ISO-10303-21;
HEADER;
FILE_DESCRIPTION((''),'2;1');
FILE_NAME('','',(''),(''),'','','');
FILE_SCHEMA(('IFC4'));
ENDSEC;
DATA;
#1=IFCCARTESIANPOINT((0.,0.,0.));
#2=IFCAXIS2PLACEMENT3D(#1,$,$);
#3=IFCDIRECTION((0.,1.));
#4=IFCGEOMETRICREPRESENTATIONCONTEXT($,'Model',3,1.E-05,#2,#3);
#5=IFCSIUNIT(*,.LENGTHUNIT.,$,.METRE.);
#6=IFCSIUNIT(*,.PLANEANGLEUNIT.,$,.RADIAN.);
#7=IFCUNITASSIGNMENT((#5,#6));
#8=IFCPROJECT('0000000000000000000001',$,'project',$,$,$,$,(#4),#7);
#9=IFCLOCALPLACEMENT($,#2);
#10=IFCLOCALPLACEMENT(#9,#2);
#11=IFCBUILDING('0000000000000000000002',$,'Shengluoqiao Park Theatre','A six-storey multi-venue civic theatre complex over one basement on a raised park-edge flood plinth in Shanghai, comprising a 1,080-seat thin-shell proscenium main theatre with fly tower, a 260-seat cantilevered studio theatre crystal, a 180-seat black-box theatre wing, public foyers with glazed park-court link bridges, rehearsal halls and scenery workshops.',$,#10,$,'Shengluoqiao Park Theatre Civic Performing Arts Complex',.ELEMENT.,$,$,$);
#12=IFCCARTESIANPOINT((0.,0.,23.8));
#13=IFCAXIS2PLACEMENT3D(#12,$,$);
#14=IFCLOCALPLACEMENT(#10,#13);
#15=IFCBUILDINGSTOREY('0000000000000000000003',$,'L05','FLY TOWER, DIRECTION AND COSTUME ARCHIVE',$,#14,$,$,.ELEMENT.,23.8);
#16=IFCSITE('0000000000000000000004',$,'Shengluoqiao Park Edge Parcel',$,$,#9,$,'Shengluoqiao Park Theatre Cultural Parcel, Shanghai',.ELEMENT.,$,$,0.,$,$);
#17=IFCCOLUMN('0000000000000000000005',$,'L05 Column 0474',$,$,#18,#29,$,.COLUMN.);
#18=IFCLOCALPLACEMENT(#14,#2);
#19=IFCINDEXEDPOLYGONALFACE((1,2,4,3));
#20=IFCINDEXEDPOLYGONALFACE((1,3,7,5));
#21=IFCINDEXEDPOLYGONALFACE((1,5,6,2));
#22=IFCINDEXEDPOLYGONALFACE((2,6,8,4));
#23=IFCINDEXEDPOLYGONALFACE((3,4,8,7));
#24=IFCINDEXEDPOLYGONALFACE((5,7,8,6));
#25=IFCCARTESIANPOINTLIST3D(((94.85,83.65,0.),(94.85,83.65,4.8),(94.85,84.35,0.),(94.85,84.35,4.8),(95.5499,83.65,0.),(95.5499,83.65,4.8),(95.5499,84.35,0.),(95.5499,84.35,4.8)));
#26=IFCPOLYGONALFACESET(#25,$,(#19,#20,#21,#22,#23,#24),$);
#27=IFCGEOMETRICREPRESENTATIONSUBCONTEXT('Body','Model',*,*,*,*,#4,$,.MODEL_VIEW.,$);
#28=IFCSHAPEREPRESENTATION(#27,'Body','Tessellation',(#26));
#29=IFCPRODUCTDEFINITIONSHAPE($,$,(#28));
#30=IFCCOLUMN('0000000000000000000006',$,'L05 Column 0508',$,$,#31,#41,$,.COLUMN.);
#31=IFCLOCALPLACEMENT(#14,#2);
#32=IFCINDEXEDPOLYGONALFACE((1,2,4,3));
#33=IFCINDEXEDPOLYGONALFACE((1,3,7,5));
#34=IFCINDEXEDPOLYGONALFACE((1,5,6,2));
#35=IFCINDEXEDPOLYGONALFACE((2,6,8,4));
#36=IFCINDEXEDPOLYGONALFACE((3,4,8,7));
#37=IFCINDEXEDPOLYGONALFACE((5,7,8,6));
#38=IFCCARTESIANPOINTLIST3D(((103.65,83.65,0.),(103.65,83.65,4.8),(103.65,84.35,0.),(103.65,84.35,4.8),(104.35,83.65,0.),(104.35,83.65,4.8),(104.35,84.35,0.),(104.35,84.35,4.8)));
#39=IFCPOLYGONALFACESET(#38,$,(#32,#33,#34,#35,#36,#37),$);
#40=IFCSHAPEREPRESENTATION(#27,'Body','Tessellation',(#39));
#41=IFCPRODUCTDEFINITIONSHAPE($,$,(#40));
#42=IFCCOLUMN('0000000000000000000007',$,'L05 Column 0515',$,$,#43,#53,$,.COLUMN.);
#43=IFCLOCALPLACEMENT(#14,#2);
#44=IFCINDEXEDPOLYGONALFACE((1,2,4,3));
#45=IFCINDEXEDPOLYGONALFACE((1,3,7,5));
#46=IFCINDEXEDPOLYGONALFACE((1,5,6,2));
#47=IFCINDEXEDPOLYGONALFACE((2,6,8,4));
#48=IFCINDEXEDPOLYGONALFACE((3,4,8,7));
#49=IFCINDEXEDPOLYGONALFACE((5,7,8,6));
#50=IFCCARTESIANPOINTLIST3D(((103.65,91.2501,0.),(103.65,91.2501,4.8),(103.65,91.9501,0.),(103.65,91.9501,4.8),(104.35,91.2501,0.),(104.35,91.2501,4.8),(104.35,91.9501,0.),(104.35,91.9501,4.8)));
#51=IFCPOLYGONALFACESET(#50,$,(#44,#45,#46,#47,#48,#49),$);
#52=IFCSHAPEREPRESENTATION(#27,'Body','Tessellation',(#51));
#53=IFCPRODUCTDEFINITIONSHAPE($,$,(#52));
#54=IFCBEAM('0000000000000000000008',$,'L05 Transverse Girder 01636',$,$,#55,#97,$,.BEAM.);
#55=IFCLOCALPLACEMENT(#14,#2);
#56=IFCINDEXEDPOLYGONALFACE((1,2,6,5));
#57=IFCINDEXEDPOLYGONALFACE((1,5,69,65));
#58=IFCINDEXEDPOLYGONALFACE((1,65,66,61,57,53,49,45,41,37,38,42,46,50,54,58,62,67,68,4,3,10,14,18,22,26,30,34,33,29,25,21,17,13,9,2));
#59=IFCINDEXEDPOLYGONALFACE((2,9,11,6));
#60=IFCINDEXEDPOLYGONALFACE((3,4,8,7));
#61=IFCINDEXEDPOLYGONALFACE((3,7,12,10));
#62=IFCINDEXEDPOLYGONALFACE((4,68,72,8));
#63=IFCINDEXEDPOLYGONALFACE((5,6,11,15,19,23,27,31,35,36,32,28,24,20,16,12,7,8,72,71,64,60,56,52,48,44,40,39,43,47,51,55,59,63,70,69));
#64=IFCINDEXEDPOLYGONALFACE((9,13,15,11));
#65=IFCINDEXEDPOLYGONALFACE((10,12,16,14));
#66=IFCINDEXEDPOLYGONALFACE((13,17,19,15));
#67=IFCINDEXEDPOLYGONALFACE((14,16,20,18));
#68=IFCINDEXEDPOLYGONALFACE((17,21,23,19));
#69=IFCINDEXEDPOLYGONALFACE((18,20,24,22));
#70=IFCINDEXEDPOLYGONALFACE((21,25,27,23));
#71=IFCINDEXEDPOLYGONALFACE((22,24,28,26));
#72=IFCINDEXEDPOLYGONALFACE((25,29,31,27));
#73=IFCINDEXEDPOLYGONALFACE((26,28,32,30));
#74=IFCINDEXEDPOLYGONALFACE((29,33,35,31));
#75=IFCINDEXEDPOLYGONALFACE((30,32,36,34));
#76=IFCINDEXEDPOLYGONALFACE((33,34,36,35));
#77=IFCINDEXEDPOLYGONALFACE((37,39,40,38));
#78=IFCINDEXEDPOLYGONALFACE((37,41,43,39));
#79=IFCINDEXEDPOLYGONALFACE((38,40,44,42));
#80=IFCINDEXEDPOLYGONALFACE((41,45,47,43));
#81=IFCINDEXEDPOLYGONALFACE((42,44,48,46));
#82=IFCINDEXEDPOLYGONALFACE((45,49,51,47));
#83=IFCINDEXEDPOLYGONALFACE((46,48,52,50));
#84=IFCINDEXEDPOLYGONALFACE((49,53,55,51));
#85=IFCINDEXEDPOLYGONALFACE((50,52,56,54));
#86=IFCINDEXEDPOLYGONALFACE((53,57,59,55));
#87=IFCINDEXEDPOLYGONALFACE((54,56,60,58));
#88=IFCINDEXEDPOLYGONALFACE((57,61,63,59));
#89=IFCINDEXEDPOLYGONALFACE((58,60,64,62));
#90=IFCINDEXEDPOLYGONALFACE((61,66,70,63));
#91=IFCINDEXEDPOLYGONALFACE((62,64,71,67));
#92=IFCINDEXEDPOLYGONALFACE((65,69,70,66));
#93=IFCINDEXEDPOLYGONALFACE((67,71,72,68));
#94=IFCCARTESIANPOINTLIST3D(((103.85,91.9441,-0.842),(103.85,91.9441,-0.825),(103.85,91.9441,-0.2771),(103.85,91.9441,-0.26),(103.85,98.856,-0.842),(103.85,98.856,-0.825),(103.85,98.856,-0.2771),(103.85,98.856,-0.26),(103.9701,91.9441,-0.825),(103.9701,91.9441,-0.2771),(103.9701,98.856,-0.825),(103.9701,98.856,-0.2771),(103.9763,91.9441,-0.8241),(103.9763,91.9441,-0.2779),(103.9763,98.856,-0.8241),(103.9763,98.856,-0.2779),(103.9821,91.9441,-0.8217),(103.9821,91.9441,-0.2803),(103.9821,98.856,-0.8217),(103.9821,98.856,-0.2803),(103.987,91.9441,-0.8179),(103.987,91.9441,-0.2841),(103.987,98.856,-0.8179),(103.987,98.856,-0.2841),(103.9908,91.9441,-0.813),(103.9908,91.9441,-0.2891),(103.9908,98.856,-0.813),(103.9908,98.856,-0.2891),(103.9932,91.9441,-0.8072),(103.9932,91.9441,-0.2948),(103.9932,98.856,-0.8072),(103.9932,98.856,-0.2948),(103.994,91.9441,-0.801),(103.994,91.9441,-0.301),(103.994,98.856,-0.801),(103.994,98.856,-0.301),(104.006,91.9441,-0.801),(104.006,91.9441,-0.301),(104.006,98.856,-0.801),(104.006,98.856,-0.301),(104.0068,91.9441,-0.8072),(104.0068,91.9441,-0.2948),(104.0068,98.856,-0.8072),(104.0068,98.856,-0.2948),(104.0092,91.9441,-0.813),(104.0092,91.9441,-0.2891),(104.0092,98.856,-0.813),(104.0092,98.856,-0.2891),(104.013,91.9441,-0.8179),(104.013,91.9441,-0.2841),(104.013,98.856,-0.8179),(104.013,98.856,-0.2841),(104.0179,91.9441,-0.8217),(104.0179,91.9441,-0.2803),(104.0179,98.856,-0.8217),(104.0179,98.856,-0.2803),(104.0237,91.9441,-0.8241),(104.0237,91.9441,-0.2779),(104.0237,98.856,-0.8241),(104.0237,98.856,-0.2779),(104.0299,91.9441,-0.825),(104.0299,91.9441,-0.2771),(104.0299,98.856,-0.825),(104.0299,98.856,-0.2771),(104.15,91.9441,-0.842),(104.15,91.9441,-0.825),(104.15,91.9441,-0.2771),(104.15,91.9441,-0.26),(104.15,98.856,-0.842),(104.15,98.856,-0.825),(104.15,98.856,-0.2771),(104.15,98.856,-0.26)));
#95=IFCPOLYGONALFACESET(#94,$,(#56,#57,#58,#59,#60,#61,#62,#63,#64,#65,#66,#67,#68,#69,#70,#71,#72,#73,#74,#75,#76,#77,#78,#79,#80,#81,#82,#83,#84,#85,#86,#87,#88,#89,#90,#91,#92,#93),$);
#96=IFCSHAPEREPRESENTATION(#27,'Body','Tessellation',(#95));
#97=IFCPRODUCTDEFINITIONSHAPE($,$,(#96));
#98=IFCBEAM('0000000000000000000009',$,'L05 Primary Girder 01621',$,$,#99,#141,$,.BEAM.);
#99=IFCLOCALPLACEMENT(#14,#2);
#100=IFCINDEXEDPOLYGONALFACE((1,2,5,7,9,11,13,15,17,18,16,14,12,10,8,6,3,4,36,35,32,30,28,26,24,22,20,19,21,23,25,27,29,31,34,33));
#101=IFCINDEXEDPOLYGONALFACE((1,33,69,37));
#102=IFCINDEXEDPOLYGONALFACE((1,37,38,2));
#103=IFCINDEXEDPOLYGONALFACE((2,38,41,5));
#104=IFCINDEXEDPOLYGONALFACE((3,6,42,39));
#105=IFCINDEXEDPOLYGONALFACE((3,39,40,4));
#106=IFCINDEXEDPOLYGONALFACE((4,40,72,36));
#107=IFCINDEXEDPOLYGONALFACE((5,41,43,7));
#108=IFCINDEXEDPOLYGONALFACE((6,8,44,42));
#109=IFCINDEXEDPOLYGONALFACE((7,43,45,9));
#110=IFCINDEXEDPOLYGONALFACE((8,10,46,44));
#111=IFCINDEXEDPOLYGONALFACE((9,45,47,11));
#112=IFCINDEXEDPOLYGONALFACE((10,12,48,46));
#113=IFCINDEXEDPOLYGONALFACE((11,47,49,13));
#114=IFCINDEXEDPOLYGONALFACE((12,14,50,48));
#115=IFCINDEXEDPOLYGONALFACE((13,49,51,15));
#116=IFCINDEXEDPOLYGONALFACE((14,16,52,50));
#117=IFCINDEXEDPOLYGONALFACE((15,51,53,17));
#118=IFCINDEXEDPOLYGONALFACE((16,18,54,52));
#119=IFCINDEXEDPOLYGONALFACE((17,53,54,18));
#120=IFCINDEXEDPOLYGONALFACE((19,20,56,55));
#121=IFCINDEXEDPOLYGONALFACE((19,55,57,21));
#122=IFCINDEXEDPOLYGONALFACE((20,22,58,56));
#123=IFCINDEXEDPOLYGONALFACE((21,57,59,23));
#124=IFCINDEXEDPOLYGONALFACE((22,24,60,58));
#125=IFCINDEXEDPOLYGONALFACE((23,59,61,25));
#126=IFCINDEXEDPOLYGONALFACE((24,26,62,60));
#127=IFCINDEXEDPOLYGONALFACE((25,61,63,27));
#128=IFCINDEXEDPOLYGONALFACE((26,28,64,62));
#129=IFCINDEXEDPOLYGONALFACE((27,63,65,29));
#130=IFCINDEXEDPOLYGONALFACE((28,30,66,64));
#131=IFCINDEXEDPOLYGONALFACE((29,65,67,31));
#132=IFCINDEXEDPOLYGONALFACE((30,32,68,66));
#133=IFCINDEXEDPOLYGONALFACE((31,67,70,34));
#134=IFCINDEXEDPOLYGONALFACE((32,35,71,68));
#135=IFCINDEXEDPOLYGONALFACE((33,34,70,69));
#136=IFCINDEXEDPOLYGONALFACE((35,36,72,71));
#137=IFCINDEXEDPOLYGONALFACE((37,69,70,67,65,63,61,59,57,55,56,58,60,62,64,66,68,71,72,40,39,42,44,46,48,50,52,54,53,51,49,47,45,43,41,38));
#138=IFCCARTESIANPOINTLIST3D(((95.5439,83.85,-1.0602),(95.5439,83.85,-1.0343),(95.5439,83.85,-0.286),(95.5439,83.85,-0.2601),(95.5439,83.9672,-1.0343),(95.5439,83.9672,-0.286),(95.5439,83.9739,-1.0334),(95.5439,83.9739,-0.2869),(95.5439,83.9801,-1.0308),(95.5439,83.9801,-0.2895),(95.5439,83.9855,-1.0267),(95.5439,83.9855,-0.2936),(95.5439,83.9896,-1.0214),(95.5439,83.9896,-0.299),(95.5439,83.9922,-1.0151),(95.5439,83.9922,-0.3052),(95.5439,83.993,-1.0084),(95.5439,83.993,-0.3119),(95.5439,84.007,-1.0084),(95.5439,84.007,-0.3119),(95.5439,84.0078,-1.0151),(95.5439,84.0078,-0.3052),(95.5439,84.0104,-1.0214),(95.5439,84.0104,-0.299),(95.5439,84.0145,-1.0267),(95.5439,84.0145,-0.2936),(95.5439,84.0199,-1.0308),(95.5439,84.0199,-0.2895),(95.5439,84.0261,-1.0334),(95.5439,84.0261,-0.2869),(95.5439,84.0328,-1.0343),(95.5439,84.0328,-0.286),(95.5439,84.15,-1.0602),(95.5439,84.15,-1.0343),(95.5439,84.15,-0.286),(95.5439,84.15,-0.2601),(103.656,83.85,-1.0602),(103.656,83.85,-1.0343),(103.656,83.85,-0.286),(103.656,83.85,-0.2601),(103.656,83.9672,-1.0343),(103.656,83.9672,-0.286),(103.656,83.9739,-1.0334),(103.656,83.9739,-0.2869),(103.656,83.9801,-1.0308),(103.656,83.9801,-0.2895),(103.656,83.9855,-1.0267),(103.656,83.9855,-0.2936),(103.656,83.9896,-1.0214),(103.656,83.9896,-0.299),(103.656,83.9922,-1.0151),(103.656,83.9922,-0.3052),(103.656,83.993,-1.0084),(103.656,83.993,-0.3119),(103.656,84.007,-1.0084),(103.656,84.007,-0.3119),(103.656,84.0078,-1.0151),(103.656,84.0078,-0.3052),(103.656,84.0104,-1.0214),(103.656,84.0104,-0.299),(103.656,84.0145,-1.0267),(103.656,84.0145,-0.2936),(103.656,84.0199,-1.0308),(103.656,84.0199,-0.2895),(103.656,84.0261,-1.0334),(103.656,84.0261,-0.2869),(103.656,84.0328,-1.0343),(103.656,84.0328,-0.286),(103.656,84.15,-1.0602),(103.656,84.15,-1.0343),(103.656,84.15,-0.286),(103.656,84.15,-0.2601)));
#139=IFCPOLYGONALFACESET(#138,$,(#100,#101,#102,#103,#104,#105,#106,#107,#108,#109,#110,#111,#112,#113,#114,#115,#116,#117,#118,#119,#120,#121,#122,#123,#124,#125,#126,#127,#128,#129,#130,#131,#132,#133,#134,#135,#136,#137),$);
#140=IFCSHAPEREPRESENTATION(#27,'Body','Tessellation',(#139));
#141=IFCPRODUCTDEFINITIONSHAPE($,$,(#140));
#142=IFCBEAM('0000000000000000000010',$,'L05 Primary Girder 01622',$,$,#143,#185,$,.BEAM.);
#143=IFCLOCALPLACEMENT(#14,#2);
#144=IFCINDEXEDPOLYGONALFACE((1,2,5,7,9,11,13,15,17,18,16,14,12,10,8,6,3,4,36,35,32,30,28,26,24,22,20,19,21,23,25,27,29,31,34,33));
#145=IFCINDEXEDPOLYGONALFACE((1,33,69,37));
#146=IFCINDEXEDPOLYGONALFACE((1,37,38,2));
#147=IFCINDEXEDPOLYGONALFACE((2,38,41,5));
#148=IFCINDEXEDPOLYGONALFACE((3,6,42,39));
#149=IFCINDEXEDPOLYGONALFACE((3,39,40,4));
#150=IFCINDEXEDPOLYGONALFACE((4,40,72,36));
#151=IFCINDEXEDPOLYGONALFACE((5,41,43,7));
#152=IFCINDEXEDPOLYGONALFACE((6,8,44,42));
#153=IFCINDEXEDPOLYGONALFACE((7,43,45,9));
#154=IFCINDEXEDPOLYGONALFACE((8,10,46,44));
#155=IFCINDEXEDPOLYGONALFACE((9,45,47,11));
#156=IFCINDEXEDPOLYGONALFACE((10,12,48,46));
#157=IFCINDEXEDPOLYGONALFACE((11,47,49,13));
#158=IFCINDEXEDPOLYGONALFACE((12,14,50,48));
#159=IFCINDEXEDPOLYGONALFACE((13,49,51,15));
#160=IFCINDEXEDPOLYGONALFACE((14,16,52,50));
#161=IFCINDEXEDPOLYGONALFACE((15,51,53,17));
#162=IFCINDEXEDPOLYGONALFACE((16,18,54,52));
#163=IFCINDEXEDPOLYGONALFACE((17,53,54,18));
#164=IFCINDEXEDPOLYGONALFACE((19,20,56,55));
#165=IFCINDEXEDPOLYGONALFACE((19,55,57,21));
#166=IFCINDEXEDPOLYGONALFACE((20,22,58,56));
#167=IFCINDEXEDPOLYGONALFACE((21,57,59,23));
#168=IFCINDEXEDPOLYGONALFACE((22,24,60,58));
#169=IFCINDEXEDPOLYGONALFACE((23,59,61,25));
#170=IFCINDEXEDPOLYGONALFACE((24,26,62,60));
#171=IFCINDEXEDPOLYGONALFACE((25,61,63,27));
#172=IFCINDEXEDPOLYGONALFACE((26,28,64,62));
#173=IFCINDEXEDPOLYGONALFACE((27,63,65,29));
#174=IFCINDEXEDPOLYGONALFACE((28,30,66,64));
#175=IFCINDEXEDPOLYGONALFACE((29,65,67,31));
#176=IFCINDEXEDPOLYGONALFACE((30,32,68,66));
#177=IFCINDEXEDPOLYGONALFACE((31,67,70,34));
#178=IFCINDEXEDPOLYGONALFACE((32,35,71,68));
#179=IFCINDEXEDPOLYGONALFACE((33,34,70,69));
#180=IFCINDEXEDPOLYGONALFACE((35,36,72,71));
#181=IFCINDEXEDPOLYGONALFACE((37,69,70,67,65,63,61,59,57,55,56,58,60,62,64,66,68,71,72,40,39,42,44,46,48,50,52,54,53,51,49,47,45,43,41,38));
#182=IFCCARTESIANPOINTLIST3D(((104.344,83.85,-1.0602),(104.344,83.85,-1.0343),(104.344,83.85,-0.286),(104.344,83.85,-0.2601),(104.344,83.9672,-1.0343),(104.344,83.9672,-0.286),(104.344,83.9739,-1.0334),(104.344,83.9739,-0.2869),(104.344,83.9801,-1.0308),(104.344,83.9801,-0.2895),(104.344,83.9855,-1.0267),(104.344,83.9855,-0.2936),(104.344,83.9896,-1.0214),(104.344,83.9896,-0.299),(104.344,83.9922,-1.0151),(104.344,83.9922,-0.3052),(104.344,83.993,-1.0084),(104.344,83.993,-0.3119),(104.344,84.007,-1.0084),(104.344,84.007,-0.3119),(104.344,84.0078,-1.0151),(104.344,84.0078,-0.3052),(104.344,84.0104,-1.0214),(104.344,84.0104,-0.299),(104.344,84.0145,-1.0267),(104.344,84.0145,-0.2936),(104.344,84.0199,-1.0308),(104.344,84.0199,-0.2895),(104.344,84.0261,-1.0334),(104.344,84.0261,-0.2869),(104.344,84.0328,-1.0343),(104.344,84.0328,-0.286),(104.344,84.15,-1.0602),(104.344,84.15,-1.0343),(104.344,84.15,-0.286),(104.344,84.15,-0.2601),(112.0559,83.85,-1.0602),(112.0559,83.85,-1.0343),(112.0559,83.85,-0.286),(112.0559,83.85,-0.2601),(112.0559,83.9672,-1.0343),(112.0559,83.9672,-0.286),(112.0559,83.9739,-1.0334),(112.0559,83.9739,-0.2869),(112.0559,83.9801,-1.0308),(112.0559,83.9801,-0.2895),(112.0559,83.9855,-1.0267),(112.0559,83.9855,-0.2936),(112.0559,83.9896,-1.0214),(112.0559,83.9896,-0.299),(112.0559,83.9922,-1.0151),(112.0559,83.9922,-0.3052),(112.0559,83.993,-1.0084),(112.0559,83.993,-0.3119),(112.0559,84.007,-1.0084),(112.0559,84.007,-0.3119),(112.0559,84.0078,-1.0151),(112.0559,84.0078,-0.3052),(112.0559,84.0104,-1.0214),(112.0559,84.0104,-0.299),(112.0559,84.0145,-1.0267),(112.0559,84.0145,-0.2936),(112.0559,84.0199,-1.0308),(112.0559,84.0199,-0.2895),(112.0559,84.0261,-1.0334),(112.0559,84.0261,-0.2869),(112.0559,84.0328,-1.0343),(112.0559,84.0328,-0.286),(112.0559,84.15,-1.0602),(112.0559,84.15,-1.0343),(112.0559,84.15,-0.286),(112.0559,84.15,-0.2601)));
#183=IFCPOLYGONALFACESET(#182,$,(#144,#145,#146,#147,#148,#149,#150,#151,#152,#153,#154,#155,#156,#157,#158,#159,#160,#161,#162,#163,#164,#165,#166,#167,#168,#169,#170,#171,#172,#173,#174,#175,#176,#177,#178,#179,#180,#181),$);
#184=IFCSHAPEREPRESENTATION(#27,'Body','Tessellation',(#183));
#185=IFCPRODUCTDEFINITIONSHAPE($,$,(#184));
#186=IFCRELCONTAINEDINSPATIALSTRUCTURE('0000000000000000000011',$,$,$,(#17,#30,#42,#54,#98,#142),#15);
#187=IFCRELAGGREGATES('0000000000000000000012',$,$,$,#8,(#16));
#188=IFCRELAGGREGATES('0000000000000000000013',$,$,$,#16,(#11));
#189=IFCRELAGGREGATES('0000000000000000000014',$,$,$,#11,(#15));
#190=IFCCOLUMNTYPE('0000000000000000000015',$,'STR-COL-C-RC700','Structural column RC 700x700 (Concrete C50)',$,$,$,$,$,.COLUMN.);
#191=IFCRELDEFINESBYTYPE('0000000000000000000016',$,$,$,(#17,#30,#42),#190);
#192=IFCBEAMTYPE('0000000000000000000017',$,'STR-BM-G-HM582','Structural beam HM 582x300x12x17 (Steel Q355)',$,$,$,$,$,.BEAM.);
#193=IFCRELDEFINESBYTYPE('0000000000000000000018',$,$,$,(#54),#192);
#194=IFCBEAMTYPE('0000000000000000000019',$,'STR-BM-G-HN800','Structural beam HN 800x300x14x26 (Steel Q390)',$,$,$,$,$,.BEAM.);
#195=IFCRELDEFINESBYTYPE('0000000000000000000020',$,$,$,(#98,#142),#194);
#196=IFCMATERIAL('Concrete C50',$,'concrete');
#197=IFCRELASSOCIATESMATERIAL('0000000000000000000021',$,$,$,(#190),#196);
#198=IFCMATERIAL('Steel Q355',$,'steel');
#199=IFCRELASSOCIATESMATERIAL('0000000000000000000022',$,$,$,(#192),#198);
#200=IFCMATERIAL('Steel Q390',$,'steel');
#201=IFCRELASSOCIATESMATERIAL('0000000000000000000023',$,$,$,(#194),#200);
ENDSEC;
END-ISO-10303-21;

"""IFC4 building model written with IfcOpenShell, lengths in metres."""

from ifc_helpers import new_model, si_unit, direction, frame, origin, origin_2d, place, context, subcontext, project, spatial, rectangle, i_section, extrude, material, material_profile, profile_set, type_object, element, save


model = new_model("IFC4")

# Units and contexts
model_context = context("Model", 3, precision=1e-05, world=origin(), true_north=direction((0.0, 1.0)))
body_context = subcontext(model_context, "Body", "Model", "MODEL_VIEW")
ifc_project = project(units=[si_unit("LENGTHUNIT", "METRE"), si_unit("PLANEANGLEUNIT", "RADIAN")], contexts=[model_context])

# Site, building, storey
site_placement = place(None, origin())
site = spatial("IfcSite", under=ifc_project, at=site_placement, Name="Shengluoqiao Park Edge Parcel", LongName="Shengluoqiao Park Theatre Cultural Parcel, Shanghai", CompositionType="ELEMENT", RefElevation=0.0)
building_placement = place(site_placement, origin())
building = spatial("IfcBuilding", under=site, at=building_placement, Name="Shengluoqiao Park Theatre", Description="A six-storey multi-venue civic theatre complex over one basement on a raised park-edge flood plinth in Shanghai, comprising a 1,080-seat thin-shell proscenium main theatre with fly tower, a 260-seat cantilevered studio theatre crystal, a 180-seat black-box theatre wing, public foyers with glazed park-court link bridges, rehearsal halls and scenery workshops.", LongName="Shengluoqiao Park Theatre Civic Performing Arts Complex", CompositionType="ELEMENT")
storey_placement = place(building_placement, frame((0.0, 0.0, 23.8)))
storey = spatial("IfcBuildingStorey", under=building, at=storey_placement, Name="L05", Description="FLY TOWER, DIRECTION AND COSTUME ARCHIVE", CompositionType="ELEMENT", Elevation=23.8)

# Columns
ifc_material_1 = material(Name="Concrete C50", Category="concrete")
ifc_material_profile_1 = material_profile(ifc_material_1, rectangle(XDim=0.7, YDim=0.7, at=origin_2d()), Name="RC 700x700")
ifc_profile_set_1 = profile_set([ifc_material_profile_1], Name="Concrete C50")
column_type = type_object("IfcColumnType", Name="STR-COL-C-RC700", Description="Structural column RC 700x700 (Concrete C50)", PredefinedType="COLUMN", material=ifc_profile_set_1)
for number, where, z_axis, x_axis, name in (
    (1, (95.2, 84.0, 0.0), (0.0, 0.0, 1.0), (1.0, 0.0, 0.0), "L05 Column 0474"),
    (2, (104.0, 84.0, 0.0), (0.0, 0.0, 1.0), (1.0, 0.0, 0.0), "L05 Column 0508"),
    (3, (104.0, 91.6001, 0.0), (0.0, 0.0, 1.0), (1.0, 0.0, 0.0), "L05 Column 0515"),
):
    element("IfcColumn", number, at=place(storey_placement, frame(where, z_axis=z_axis, x_axis=x_axis)), inside=storey, type_object=column_type, Name=name, PredefinedType="COLUMN", context=body_context, shape_type="SweptSolid", body=[
        extrude(rectangle(XDim=0.7, YDim=0.7, at=origin_2d()), origin(), (0.0, 0.0, 1.0), 4.8),
    ])

# Beams
ifc_material_2 = material(Name="Steel Q355", Category="steel")
ifc_material_profile_2 = material_profile(ifc_material_2, i_section(OverallWidth=0.3, OverallDepth=0.582, WebThickness=0.012, FlangeThickness=0.0171, FilletRadius=0.0239, at=origin_2d()), Name="HM 582x300x12x17")
ifc_profile_set_2 = profile_set([ifc_material_profile_2], Name="Steel Q355")
beam_type_1 = type_object("IfcBeamType", Name="STR-BM-G-HM582", Description="Structural beam HM 582x300x12x17 (Steel Q355)", PredefinedType="BEAM", material=ifc_profile_set_2)
beam_1_placement = place(storey_placement, frame((104.0, 91.9441, -0.551), z_axis=(0.0, 1.0, 0.0), x_axis=(-1.0, 0.0, 0.0)))
element("IfcBeam", 4, at=beam_1_placement, inside=storey, type_object=beam_type_1, Name="L05 Transverse Girder 01636", PredefinedType="BEAM", context=body_context, shape_type="SweptSolid", body=[
    extrude(i_section(OverallWidth=0.3, OverallDepth=0.582, WebThickness=0.012, FlangeThickness=0.0171, FilletRadius=0.0239, at=origin_2d()), origin(), (0.0, 0.0, 1.0), 6.9119),
])
ifc_material_3 = material(Name="Steel Q390", Category="steel")
ifc_material_profile_3 = material_profile(ifc_material_3, i_section(OverallWidth=0.3, OverallDepth=0.8, WebThickness=0.0139, FlangeThickness=0.0259, FilletRadius=0.0259, at=origin_2d()), Name="HN 800x300x14x26")
ifc_profile_set_3 = profile_set([ifc_material_profile_3], Name="Steel Q390")
beam_type_2 = type_object("IfcBeamType", Name="STR-BM-G-HN800", Description="Structural beam HN 800x300x14x26 (Steel Q390)", PredefinedType="BEAM", material=ifc_profile_set_3)
beam_2_placement = place(storey_placement, frame((95.5439, 84.0, -0.6602), z_axis=(1.0, 0.0, 0.0), x_axis=(0.0, 1.0, 0.0)))
element("IfcBeam", 5, at=beam_2_placement, inside=storey, type_object=beam_type_2, Name="L05 Primary Girder 01621", PredefinedType="BEAM", context=body_context, shape_type="SweptSolid", body=[
    extrude(i_section(OverallWidth=0.3, OverallDepth=0.8, WebThickness=0.0139, FlangeThickness=0.0259, FilletRadius=0.0259, at=origin_2d()), origin(), (0.0, 0.0, 1.0), 8.1121),
])
for number, where, z_axis, x_axis, name in (
    (6, (104.344, 84.0, -0.6602), (1.0, 0.0, 0.0), (0.0, 1.0, 0.0), "L05 Primary Girder 01622"),
):
    element("IfcBeam", number, at=place(storey_placement, frame(where, z_axis=z_axis, x_axis=x_axis)), inside=storey, type_object=beam_type_2, Name=name, PredefinedType="BEAM", context=body_context, shape_type="SweptSolid", body=[
        extrude(i_section(OverallWidth=0.3, OverallDepth=0.8, WebThickness=0.0139, FlangeThickness=0.0259, FilletRadius=0.0259, at=origin_2d()), origin(), (0.0, 0.0, 1.0), 7.7119),
    ])

save(model, "model.ifc")
